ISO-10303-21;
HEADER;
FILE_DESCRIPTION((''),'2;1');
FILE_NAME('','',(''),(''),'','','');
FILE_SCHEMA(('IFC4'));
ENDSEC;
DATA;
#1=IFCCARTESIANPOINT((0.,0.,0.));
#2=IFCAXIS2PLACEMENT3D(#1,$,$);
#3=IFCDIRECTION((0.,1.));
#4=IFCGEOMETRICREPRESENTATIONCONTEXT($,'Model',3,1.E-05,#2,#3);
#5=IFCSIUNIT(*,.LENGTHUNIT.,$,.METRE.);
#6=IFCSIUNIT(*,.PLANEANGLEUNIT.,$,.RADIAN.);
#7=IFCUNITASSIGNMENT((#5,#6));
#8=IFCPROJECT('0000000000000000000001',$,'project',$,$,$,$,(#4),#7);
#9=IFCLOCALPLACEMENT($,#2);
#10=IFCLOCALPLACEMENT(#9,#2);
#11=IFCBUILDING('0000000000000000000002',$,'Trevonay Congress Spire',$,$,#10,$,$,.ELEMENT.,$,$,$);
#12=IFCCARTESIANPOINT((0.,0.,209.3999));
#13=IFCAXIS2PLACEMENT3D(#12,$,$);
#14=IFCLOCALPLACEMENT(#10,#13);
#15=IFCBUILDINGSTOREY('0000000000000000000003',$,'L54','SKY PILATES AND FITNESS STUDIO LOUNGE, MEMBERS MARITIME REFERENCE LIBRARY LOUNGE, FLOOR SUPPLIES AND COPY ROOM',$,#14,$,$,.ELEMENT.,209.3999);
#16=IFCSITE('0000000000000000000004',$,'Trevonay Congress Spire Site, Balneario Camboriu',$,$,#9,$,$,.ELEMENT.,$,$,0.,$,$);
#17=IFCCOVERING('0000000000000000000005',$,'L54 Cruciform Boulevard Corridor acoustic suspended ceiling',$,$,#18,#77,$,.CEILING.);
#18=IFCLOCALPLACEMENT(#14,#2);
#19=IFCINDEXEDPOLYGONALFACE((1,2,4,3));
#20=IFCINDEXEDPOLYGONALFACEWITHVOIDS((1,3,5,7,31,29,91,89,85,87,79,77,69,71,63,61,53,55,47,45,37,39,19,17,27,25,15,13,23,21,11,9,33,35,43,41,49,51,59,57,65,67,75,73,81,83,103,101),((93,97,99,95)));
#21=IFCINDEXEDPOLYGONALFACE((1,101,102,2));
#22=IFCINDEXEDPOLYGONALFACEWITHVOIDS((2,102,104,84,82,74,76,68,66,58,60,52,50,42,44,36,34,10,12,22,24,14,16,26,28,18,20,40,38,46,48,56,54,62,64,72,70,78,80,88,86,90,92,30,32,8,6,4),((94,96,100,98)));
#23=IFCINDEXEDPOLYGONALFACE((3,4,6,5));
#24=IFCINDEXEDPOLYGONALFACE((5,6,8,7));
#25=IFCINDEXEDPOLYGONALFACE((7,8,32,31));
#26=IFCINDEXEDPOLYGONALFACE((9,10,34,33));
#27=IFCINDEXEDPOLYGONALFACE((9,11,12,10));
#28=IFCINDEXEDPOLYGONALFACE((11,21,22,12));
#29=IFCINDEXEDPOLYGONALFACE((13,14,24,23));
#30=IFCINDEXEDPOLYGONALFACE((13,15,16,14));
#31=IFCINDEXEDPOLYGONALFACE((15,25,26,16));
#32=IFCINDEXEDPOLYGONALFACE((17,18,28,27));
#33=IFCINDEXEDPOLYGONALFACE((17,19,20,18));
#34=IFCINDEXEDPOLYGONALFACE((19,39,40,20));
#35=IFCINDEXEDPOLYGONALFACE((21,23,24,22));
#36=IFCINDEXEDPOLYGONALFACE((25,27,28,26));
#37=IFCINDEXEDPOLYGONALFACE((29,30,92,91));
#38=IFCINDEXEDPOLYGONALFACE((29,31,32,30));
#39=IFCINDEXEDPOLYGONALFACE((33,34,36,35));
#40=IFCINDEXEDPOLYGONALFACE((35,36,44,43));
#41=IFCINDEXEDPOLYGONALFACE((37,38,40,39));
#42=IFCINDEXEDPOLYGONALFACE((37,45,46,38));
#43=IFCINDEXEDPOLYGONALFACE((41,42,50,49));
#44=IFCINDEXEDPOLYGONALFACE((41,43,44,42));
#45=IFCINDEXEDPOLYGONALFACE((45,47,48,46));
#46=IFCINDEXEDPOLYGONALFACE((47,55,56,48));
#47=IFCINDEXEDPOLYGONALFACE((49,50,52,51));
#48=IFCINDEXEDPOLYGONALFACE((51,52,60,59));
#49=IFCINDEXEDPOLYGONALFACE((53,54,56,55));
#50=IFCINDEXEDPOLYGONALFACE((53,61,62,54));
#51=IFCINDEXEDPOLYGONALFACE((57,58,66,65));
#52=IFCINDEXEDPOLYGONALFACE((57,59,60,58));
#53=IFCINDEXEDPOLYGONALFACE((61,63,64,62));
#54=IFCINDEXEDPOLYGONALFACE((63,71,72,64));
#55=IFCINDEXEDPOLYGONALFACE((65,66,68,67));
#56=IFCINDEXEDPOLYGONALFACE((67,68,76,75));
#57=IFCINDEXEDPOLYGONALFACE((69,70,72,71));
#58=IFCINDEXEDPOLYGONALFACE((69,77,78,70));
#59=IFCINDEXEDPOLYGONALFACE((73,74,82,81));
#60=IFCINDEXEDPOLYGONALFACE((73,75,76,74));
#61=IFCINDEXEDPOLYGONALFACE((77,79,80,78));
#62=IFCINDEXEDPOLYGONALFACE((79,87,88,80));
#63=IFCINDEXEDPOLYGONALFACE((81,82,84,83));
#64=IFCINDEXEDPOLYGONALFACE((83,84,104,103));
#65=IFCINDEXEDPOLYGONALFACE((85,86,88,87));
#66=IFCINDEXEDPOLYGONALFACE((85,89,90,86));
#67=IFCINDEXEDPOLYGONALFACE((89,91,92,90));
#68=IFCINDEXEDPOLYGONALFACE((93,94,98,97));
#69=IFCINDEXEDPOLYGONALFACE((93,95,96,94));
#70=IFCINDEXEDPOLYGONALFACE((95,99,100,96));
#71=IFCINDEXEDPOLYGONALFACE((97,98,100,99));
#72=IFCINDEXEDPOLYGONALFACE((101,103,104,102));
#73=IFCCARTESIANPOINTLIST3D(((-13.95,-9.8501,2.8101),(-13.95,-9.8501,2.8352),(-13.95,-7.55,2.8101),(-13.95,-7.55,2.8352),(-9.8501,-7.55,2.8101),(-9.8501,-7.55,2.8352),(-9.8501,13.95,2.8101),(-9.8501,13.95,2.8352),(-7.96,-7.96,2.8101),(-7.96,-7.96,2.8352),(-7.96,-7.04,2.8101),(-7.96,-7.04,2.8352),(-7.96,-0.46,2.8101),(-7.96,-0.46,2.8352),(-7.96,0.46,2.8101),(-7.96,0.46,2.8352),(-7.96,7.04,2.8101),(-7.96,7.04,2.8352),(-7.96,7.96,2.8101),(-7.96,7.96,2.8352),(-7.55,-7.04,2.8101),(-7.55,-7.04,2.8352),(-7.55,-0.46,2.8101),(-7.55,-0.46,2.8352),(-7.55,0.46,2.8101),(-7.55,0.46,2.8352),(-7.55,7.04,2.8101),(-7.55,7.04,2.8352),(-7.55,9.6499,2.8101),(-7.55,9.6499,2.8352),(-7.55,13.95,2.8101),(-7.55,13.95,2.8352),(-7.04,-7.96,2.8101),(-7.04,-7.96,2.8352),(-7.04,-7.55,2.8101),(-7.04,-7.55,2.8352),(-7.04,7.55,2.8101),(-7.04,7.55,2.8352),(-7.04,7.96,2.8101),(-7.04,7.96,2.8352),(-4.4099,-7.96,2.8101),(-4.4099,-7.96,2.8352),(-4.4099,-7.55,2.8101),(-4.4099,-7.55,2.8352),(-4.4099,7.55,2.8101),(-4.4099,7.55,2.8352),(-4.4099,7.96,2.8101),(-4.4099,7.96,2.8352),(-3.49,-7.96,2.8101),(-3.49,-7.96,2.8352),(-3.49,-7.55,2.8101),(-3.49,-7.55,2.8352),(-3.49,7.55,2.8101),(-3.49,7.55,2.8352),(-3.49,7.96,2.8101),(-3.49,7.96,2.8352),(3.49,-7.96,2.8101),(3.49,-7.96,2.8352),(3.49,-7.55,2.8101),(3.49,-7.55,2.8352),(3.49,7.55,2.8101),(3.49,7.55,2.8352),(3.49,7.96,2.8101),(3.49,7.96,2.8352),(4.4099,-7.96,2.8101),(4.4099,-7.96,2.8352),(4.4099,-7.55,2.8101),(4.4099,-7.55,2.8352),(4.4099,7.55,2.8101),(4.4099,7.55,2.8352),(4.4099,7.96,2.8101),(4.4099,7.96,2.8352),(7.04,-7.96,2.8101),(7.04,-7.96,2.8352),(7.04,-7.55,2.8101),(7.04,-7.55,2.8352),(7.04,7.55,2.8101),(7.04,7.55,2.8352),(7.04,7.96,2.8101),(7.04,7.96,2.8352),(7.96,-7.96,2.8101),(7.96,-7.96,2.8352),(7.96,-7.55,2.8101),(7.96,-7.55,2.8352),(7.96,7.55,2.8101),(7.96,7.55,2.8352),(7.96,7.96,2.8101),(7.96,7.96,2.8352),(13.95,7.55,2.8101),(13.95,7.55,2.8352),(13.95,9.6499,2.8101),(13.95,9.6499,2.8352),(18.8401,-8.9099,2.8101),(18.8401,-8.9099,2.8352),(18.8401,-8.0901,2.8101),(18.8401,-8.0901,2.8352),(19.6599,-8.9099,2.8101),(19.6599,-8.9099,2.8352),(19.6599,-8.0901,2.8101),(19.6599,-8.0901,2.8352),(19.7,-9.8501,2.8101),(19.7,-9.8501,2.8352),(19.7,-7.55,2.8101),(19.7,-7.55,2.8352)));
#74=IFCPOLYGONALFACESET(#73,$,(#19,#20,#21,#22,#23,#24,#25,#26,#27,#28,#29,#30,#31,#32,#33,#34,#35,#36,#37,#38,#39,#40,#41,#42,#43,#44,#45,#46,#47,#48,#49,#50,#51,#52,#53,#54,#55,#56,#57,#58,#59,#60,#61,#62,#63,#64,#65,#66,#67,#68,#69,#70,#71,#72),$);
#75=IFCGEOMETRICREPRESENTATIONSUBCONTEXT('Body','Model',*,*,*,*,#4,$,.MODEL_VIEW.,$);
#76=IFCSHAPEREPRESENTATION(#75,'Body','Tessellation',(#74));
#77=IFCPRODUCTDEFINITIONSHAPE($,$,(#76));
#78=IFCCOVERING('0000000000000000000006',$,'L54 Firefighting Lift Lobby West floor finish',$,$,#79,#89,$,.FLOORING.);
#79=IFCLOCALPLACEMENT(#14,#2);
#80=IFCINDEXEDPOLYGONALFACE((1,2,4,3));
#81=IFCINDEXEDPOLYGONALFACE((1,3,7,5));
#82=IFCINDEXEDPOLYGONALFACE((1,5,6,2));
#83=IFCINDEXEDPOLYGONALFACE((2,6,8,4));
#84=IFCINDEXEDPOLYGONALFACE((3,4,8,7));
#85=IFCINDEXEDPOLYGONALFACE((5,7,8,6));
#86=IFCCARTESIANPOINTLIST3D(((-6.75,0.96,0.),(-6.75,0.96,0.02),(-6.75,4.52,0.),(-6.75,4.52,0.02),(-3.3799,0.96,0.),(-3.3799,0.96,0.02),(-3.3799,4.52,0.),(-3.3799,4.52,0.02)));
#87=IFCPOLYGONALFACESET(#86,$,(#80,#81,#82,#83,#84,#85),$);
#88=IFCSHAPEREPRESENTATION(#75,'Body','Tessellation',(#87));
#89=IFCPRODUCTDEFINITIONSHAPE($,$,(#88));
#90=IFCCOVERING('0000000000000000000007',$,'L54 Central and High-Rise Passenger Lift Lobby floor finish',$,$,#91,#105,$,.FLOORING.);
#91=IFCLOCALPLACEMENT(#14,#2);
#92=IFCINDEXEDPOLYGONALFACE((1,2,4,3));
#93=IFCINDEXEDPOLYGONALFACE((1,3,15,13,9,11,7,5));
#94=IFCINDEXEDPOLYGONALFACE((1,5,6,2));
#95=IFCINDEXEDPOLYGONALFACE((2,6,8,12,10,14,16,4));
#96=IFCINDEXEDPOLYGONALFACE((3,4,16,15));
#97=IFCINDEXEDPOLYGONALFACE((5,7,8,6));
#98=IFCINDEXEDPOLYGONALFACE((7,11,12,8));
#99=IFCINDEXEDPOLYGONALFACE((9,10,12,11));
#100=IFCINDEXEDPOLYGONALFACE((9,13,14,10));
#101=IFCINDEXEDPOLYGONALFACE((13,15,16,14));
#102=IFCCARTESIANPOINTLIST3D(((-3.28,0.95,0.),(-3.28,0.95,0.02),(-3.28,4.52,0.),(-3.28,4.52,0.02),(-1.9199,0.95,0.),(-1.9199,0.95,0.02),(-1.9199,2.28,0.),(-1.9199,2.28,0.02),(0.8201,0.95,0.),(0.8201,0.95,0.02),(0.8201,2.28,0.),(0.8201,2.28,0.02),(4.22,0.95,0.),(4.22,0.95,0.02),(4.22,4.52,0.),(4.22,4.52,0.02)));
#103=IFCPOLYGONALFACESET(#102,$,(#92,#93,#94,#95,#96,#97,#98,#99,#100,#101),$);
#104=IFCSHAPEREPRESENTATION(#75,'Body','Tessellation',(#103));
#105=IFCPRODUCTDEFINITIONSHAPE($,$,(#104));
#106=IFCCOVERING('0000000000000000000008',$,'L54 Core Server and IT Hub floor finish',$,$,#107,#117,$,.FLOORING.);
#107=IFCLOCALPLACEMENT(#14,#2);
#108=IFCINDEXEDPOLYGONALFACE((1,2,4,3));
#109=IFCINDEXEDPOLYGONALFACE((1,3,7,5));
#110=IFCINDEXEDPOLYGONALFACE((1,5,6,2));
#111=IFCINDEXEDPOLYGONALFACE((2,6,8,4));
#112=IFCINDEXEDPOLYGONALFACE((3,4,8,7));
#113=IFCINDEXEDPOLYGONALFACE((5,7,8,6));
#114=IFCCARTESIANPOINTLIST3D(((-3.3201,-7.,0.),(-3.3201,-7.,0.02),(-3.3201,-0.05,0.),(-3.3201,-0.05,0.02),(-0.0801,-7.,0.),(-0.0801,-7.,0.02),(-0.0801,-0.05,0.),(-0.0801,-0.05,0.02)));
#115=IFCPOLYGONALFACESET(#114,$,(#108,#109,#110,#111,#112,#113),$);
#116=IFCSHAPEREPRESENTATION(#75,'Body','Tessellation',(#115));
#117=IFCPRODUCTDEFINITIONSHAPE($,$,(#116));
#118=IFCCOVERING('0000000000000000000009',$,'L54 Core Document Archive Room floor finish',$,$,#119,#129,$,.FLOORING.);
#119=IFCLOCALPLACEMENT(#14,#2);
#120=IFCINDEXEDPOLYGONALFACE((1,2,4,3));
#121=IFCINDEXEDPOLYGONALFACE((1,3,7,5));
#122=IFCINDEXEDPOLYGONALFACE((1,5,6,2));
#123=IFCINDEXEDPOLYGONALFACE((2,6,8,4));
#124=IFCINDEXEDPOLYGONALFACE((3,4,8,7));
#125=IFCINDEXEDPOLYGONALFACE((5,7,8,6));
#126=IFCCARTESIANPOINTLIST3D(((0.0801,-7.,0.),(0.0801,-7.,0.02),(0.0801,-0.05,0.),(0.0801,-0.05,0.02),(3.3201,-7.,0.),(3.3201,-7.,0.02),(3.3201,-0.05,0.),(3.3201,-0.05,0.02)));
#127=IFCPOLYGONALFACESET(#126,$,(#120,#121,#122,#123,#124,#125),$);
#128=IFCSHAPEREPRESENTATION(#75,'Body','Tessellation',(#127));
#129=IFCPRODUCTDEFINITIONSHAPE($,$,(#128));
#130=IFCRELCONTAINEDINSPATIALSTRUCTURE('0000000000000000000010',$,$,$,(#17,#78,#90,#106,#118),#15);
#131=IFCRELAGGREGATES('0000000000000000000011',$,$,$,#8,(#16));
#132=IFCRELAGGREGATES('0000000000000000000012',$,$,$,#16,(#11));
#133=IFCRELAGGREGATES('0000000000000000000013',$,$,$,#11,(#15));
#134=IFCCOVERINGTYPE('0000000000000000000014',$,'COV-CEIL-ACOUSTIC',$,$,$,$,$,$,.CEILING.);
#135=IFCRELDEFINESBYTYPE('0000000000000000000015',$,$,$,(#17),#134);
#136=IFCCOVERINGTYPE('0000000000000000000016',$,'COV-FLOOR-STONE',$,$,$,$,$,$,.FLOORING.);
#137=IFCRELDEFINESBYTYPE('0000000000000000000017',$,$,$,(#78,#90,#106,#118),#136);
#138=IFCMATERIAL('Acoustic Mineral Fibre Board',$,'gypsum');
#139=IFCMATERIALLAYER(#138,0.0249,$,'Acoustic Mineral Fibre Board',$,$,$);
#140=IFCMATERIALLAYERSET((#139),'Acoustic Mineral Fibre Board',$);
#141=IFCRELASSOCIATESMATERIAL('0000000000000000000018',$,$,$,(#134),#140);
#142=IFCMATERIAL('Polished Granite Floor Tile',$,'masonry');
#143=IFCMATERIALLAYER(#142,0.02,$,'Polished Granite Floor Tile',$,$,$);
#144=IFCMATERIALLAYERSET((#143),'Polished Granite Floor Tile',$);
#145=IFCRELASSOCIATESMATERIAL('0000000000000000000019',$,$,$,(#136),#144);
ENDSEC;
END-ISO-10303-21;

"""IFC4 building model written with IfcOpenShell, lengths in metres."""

from ifc_helpers import new_model, si_unit, direction, frame, origin, place, context, subcontext, project, spatial, polyline, outline, extrude, material, layer, layer_set, type_object, element, save


model = new_model("IFC4")

# Units and contexts
model_context = context("Model", 3, precision=1e-05, world=origin(), true_north=direction((0.0, 1.0)))
body_context = subcontext(model_context, "Body", "Model", "MODEL_VIEW")
ifc_project = project(units=[si_unit("LENGTHUNIT", "METRE"), si_unit("PLANEANGLEUNIT", "RADIAN")], contexts=[model_context])

# Site, building, storey
site_placement = place(None, origin())
site = spatial("IfcSite", under=ifc_project, at=site_placement, Name="Trevonay Congress Spire Site, Balneario Camboriu", CompositionType="ELEMENT", RefElevation=0.0)
building_placement = place(site_placement, origin())
building = spatial("IfcBuilding", under=site, at=building_placement, Name="Trevonay Congress Spire", CompositionType="ELEMENT")
storey_placement = place(building_placement, frame((0.0, 0.0, 209.3999)))
storey = spatial("IfcBuildingStorey", under=building, at=storey_placement, Name="L54", Description="SKY PILATES AND FITNESS STUDIO LOUNGE, MEMBERS MARITIME REFERENCE LIBRARY LOUNGE, FLOOR SUPPLIES AND COPY ROOM", CompositionType="ELEMENT", Elevation=209.3999)

# Coverings
ifc_material_1 = material(Name="Acoustic Mineral Fibre Board", Category="gypsum")
ifc_layer_1 = layer(ifc_material_1, 0.0249, Name="Acoustic Mineral Fibre Board")
ifc_layer_set_1 = layer_set([ifc_layer_1], Name="Acoustic Mineral Fibre Board")
covering_type_1 = type_object("IfcCoveringType", Name="COV-CEIL-ACOUSTIC", PredefinedType="CEILING", material=ifc_layer_set_1)
covering_1_placement = place(storey_placement, frame((0.0, 0.0, 2.8101)))
element("IfcCovering", 1, at=covering_1_placement, inside=storey, type_object=covering_type_1, Name="L54 Cruciform Boulevard Corridor acoustic suspended ceiling", PredefinedType="CEILING", context=body_context, shape_type="SweptSolid", body=[
    extrude(outline(polyline([(19.7, -7.55), (19.7, -9.8501), (-13.95, -9.8501), (-13.95, -7.55), (-9.8501, -7.55), (-9.8501, 13.95), (-7.55, 13.95), (-7.55, 9.6499), (13.95, 9.6499), (13.95, 7.55), (7.96, 7.55), (7.96, 7.96), (7.04, 7.96), (7.04, 7.55), (4.4099, 7.55), (4.4099, 7.96), (3.49, 7.96), (3.49, 7.55), (-3.49, 7.55), (-3.49, 7.96), (-4.4099, 7.96), (-4.4099, 7.55), (-7.04, 7.55), (-7.04, 7.96), (-7.96, 7.96), (-7.96, 7.04), (-7.55, 7.04), (-7.55, 0.46), (-7.96, 0.46), (-7.96, -0.46), (-7.55, -0.46), (-7.55, -7.04), (-7.96, -7.04), (-7.96, -7.96), (-7.04, -7.96), (-7.04, -7.55), (-4.4099, -7.55), (-4.4099, -7.96), (-3.49, -7.96), (-3.49, -7.55), (3.49, -7.55), (3.49, -7.96), (4.4099, -7.96), (4.4099, -7.55), (7.04, -7.55), (7.04, -7.96), (7.96, -7.96), (7.96, -7.55), (19.7, -7.55)]), holes=[polyline([(19.6599, -8.0901), (18.8401, -8.0901), (18.8401, -8.9099), (19.6599, -8.9099), (19.6599, -8.0901)])]), origin(), (0.0, 0.0, 1.0), 0.0251),
])
ifc_material_2 = material(Name="Polished Granite Floor Tile", Category="masonry")
ifc_layer_2 = layer(ifc_material_2, 0.02, Name="Polished Granite Floor Tile")
ifc_layer_set_2 = layer_set([ifc_layer_2], Name="Polished Granite Floor Tile")
covering_type_2 = type_object("IfcCoveringType", Name="COV-FLOOR-STONE", PredefinedType="FLOORING", material=ifc_layer_set_2)
covering_2_placement = place(storey_placement, origin())
element("IfcCovering", 2, at=covering_2_placement, inside=storey, type_object=covering_type_2, Name="L54 Firefighting Lift Lobby West floor finish", PredefinedType="FLOORING", context=body_context, shape_type="SweptSolid", body=[
    extrude(outline(polyline([(-6.75, 0.96), (-3.3799, 0.96), (-3.3799, 4.52), (-6.75, 4.52), (-6.75, 0.96)])), origin(), (0.0, 0.0, 1.0), 0.02),
])
covering_3_placement = place(storey_placement, origin())
element("IfcCovering", 3, at=covering_3_placement, inside=storey, type_object=covering_type_2, Name="L54 Central and High-Rise Passenger Lift Lobby floor finish", PredefinedType="FLOORING", context=body_context, shape_type="SweptSolid", body=[
    extrude(outline(polyline([(-3.28, 0.95), (-1.9199, 0.95), (-1.9199, 2.28), (0.8201, 2.28), (0.8201, 0.95), (4.22, 0.95), (4.22, 4.52), (-3.28, 4.52), (-3.28, 0.95)])), origin(), (0.0, 0.0, 1.0), 0.02),
])
covering_4_placement = place(storey_placement, origin())
element("IfcCovering", 4, at=covering_4_placement, inside=storey, type_object=covering_type_2, Name="L54 Core Server and IT Hub floor finish", PredefinedType="FLOORING", context=body_context, shape_type="SweptSolid", body=[
    extrude(outline(polyline([(-3.3201, -7.0), (-0.0801, -7.0), (-0.0801, -0.05), (-3.3201, -0.05), (-3.3201, -7.0)])), origin(), (0.0, 0.0, 1.0), 0.02),
])
covering_5_placement = place(storey_placement, origin())
element("IfcCovering", 5, at=covering_5_placement, inside=storey, type_object=covering_type_2, Name="L54 Core Document Archive Room floor finish", PredefinedType="FLOORING", context=body_context, shape_type="SweptSolid", body=[
    extrude(outline(polyline([(0.0801, -7.0), (3.3201, -7.0), (3.3201, -0.05), (0.0801, -0.05), (0.0801, -7.0)])), origin(), (0.0, 0.0, 1.0), 0.02),
])

save(model, "model.ifc")
